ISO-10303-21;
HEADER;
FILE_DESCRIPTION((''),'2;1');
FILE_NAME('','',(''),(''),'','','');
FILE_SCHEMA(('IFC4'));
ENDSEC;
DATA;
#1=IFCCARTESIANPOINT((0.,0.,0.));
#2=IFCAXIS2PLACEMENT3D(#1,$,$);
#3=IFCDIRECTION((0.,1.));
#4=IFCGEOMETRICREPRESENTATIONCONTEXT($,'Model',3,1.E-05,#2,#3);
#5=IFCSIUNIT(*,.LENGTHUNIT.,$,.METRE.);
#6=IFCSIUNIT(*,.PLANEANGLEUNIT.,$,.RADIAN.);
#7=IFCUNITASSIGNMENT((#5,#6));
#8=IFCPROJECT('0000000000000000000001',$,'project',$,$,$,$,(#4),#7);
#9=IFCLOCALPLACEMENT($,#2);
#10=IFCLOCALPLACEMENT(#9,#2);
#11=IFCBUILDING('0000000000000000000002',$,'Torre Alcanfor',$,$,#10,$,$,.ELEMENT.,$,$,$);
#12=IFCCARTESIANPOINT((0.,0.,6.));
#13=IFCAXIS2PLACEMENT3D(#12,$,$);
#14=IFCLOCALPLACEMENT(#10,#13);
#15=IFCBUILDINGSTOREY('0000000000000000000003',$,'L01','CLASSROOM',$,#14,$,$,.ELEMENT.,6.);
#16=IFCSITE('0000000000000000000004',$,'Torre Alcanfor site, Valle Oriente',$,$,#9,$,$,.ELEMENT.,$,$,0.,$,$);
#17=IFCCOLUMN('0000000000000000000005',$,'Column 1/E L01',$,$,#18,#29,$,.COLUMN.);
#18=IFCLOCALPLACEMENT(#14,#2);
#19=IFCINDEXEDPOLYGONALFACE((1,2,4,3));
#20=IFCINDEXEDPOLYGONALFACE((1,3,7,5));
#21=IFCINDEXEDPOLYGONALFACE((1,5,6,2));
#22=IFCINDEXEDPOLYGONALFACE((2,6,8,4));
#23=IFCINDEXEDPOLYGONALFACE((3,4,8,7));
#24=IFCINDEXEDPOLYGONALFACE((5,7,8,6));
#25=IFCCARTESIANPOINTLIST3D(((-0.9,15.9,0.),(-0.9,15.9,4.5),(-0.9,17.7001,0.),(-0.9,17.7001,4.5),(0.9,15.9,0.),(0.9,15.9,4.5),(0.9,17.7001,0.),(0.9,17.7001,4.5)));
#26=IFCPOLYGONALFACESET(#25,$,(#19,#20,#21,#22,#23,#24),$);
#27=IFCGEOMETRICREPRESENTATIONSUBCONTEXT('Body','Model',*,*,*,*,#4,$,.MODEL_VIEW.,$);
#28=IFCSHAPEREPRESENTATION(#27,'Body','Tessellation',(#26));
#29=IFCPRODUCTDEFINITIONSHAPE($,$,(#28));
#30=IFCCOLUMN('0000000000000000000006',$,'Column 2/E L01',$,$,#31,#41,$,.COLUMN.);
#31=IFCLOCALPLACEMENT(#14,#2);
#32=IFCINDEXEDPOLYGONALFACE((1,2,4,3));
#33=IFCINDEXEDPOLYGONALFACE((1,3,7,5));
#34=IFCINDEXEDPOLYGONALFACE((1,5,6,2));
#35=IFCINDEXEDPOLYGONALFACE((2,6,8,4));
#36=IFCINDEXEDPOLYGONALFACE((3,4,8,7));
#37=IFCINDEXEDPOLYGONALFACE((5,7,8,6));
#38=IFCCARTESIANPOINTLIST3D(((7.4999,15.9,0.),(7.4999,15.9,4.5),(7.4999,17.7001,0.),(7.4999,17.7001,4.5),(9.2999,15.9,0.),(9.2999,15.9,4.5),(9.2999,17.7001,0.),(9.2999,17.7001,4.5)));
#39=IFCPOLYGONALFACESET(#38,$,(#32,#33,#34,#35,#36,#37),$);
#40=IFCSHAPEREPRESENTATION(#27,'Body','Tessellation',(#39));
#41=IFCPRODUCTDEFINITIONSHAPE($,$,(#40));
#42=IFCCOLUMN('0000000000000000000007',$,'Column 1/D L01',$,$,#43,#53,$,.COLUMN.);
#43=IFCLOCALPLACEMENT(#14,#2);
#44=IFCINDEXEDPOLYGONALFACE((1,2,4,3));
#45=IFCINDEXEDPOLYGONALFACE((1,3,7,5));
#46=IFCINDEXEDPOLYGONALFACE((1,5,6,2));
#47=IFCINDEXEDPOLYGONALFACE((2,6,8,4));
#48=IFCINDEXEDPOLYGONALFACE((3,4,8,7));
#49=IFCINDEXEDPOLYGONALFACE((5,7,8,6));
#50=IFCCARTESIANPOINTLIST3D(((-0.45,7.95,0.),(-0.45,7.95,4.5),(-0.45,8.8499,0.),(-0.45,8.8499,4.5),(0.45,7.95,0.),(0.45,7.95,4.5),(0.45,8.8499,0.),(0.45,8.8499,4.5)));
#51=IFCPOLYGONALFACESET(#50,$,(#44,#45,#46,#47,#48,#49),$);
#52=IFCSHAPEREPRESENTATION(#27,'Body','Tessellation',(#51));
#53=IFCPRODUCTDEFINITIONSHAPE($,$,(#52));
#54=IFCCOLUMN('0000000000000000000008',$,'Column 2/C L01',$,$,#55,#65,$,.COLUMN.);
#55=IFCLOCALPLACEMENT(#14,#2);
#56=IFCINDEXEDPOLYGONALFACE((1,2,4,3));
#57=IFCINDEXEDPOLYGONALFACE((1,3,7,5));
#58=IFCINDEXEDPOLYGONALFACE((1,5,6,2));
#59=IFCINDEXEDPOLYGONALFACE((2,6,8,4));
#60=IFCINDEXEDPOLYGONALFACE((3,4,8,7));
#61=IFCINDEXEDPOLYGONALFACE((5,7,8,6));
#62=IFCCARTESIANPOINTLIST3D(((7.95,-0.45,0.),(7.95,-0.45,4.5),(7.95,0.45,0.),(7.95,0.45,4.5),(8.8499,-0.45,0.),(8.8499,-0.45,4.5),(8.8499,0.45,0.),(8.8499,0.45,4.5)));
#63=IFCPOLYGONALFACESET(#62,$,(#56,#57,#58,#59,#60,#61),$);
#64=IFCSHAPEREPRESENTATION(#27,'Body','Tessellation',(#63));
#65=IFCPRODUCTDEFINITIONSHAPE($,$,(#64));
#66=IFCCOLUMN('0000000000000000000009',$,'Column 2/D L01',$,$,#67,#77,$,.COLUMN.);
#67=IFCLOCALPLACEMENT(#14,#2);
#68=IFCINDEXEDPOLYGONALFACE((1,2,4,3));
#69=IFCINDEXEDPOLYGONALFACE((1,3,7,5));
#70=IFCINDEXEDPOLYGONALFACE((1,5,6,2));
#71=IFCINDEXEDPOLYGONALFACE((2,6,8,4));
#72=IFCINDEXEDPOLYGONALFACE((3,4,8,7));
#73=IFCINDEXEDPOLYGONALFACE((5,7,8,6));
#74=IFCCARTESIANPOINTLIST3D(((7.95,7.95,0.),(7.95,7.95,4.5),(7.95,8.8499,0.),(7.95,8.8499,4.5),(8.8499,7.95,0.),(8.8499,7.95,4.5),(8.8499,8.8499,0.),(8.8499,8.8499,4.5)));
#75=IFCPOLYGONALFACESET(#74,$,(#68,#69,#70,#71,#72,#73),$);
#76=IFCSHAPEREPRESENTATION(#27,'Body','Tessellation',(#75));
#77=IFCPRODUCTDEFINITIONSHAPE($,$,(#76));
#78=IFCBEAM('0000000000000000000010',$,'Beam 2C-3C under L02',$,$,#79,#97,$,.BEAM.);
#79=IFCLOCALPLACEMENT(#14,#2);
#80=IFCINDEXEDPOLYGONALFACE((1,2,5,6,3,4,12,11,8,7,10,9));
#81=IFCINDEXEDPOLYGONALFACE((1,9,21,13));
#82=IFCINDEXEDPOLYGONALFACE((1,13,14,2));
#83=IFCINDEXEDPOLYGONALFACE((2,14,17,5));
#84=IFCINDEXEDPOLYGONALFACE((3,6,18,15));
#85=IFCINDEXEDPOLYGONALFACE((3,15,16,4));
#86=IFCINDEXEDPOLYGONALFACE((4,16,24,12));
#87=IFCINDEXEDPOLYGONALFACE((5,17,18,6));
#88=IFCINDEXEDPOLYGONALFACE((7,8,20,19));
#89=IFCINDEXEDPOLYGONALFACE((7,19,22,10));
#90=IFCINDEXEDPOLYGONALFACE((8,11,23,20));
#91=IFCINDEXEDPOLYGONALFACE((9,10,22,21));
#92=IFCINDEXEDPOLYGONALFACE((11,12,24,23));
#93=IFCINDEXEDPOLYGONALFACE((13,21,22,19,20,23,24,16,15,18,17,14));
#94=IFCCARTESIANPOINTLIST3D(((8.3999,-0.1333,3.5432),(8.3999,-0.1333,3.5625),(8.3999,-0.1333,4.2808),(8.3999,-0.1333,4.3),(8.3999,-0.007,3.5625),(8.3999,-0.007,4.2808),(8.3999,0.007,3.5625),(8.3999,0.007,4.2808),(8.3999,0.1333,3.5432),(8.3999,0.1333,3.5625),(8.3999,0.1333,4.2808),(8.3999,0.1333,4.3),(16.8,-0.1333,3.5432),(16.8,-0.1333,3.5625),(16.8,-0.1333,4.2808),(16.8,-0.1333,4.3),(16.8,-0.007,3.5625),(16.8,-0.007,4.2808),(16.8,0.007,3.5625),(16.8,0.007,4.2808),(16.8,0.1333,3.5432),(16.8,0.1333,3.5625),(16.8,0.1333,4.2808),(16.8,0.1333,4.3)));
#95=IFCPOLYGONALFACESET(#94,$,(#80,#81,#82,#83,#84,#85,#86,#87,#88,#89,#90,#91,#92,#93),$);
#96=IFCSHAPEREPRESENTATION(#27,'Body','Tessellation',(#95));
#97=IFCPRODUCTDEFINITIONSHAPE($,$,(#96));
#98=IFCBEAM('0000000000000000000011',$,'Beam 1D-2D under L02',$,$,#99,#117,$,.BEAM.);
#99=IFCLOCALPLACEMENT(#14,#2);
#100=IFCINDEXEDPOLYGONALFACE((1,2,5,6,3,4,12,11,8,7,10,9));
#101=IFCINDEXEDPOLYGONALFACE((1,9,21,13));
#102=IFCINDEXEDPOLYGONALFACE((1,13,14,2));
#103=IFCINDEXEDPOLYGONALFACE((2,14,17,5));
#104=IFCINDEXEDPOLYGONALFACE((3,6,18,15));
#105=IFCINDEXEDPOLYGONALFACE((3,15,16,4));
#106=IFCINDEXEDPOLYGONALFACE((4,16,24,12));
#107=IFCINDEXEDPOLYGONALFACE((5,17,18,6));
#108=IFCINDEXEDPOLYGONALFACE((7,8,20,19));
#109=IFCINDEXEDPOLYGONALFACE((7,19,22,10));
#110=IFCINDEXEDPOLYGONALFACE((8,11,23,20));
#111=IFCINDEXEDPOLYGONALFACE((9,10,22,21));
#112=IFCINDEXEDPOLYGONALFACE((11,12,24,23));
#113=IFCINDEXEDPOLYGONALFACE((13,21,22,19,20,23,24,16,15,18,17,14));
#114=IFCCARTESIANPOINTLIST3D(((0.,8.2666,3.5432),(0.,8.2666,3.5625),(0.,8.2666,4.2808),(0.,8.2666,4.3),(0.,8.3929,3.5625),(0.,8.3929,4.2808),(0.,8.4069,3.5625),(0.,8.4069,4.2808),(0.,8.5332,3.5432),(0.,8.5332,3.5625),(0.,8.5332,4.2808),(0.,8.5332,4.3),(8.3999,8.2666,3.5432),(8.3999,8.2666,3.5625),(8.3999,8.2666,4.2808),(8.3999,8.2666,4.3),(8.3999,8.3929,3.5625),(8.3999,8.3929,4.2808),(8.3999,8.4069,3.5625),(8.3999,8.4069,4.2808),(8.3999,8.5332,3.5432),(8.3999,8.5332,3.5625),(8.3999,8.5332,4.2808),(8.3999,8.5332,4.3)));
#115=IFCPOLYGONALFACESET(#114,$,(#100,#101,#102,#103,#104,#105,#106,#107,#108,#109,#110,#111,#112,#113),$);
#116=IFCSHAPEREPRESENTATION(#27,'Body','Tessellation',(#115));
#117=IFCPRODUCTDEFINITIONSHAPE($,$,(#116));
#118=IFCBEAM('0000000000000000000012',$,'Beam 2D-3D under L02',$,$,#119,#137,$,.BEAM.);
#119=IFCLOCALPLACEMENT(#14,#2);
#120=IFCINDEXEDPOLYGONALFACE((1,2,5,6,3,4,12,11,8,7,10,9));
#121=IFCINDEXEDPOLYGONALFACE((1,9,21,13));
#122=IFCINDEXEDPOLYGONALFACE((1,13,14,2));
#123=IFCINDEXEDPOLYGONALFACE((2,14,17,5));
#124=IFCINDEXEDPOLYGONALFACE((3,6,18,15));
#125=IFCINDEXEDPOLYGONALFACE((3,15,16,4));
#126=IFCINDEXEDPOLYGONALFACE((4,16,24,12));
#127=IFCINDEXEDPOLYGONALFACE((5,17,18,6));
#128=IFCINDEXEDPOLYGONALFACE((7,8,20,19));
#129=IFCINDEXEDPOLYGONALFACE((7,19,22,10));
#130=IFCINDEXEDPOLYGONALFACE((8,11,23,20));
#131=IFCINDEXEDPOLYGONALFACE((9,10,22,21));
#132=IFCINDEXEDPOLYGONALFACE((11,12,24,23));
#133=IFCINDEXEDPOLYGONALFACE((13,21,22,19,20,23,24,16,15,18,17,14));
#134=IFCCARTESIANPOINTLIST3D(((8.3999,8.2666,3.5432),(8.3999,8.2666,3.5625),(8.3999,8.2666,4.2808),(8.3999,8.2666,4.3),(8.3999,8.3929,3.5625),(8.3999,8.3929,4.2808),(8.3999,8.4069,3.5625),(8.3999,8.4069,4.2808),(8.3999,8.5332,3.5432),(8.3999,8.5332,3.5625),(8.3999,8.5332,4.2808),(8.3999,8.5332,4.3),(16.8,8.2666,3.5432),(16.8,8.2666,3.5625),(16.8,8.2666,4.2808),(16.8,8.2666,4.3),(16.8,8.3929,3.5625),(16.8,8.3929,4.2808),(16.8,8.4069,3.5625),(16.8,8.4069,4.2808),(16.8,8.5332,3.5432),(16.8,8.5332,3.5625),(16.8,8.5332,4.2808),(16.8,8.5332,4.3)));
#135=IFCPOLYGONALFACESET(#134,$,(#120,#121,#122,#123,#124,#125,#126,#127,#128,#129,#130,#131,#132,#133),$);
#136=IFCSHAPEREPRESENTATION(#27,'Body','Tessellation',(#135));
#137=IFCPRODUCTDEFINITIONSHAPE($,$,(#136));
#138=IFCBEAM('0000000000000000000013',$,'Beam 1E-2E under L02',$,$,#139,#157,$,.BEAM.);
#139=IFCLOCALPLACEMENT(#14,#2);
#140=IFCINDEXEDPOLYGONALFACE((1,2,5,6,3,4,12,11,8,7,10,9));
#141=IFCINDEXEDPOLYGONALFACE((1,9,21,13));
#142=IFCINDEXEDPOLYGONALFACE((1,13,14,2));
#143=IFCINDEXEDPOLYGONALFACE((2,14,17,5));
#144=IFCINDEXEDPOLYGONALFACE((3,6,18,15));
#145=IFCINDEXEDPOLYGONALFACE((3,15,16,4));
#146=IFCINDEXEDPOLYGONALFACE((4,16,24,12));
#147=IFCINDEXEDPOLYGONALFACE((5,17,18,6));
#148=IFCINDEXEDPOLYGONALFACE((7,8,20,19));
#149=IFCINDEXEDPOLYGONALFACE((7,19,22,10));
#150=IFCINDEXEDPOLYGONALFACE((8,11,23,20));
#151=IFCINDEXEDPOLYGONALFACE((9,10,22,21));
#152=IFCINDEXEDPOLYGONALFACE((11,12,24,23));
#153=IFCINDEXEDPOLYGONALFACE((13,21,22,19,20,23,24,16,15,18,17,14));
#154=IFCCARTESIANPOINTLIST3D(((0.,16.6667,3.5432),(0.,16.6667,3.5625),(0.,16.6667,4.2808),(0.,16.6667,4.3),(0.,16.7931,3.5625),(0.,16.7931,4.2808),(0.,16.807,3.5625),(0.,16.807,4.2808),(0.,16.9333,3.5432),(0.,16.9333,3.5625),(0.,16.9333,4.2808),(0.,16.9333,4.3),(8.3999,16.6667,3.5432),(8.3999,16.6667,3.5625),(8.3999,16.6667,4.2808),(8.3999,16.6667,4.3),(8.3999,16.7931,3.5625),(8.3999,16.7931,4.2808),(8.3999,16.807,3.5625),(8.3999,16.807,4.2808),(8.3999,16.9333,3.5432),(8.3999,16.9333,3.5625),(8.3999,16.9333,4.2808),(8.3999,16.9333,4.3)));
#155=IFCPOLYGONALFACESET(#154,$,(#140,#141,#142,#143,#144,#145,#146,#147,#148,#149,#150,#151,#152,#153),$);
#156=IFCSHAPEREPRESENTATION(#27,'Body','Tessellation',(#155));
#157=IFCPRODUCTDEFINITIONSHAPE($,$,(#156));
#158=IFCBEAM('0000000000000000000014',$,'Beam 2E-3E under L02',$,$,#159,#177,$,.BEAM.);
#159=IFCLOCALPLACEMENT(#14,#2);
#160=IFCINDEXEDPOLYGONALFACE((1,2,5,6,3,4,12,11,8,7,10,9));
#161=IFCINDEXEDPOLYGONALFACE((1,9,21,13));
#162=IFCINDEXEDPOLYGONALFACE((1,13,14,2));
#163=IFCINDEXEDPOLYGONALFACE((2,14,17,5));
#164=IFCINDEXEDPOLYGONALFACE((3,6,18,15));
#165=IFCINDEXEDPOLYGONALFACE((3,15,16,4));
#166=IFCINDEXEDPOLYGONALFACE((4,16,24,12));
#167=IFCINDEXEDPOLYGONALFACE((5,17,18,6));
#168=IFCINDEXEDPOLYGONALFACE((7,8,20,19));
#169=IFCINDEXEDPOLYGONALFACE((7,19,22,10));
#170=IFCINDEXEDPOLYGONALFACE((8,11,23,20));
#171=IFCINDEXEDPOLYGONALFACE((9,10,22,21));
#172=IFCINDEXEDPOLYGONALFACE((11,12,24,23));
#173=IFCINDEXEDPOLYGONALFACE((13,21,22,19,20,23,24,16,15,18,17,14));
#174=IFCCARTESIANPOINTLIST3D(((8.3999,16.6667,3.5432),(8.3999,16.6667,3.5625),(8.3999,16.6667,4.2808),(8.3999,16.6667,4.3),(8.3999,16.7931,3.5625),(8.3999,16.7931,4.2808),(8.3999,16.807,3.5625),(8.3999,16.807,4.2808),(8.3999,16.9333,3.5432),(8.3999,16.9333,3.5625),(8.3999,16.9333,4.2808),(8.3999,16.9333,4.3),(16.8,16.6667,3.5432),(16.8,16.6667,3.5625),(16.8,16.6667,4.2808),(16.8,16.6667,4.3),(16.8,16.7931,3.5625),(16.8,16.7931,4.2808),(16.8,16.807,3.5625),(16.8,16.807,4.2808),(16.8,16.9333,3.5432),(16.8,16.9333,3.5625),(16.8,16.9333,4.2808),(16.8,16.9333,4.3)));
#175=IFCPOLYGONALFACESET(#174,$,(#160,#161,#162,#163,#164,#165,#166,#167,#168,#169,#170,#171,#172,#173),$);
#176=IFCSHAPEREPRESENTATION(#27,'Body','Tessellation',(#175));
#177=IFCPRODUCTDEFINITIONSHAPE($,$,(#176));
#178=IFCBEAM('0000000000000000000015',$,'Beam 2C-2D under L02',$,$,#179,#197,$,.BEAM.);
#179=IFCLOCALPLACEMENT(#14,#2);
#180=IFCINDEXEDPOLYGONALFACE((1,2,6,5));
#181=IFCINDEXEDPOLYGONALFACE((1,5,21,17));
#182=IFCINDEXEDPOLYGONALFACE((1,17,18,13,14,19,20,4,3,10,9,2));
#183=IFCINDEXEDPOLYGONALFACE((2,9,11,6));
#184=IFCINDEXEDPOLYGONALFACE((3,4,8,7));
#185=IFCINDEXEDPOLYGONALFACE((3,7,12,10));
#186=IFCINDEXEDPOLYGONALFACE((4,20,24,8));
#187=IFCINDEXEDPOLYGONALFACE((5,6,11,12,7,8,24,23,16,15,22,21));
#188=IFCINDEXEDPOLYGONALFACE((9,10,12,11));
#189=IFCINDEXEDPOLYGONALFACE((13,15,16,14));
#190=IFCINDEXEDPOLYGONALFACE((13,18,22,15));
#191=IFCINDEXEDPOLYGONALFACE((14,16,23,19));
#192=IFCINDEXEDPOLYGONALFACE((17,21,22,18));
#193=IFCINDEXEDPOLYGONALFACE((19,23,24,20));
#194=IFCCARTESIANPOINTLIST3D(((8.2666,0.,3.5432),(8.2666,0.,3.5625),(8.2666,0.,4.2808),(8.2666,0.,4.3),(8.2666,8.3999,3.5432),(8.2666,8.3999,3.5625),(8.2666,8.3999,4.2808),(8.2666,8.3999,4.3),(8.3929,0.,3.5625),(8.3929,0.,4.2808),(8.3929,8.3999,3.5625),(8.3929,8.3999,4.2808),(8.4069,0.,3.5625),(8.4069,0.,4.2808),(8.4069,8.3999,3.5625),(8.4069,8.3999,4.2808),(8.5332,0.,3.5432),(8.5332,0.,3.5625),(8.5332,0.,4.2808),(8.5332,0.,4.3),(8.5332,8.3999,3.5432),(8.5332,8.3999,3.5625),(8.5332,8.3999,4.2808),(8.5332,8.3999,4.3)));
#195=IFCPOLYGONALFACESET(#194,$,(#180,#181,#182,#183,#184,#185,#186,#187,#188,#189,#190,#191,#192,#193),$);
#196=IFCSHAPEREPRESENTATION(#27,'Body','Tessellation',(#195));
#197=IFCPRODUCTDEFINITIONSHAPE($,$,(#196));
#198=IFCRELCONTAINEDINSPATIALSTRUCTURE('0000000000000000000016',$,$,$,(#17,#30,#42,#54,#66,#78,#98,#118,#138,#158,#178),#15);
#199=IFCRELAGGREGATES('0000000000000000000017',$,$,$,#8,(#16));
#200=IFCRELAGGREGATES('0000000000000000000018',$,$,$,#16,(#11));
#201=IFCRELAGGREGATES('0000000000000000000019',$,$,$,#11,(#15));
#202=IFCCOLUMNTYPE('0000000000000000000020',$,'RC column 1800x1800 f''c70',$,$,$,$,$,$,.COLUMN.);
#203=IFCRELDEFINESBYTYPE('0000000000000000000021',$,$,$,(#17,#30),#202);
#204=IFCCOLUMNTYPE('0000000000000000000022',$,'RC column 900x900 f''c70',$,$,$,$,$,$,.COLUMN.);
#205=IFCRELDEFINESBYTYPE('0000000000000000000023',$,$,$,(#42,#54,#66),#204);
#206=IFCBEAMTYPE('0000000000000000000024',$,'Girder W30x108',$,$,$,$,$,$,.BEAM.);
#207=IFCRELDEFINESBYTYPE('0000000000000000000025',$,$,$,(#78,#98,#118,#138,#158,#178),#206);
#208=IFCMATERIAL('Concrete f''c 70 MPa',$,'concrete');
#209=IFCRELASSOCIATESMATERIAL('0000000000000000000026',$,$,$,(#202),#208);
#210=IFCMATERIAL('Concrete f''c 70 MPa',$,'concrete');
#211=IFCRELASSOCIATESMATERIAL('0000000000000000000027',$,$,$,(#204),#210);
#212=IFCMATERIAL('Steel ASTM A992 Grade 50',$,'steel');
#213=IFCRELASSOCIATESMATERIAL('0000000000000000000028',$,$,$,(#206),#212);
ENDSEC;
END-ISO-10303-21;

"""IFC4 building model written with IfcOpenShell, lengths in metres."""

from ifc_helpers import new_model, si_unit, direction, frame, origin, origin_2d, place, context, subcontext, project, spatial, rectangle, i_section, extrude, material, material_profile, profile_set, type_object, element, save


model = new_model("IFC4")

# Units and contexts
model_context = context("Model", 3, precision=1e-05, world=origin(), true_north=direction((0.0, 1.0)))
body_context = subcontext(model_context, "Body", "Model", "MODEL_VIEW")
ifc_project = project(units=[si_unit("LENGTHUNIT", "METRE"), si_unit("PLANEANGLEUNIT", "RADIAN")], contexts=[model_context])

# Site, building, storey
site_placement = place(None, origin())
site = spatial("IfcSite", under=ifc_project, at=site_placement, Name="Torre Alcanfor site, Valle Oriente", CompositionType="ELEMENT", RefElevation=0.0)
building_placement = place(site_placement, origin())
building = spatial("IfcBuilding", under=site, at=building_placement, Name="Torre Alcanfor", CompositionType="ELEMENT")
storey_placement = place(building_placement, frame((0.0, 0.0, 6.0)))
storey = spatial("IfcBuildingStorey", under=building, at=storey_placement, Name="L01", Description="CLASSROOM", CompositionType="ELEMENT", Elevation=6.0)

# Columns
ifc_material_1 = material(Name="Concrete f'c 70 MPa", Category="concrete")
ifc_material_profile_1 = material_profile(ifc_material_1, rectangle(XDim=1.8, YDim=1.8, at=origin_2d()), Name="1800x1800")
ifc_profile_set_1 = profile_set([ifc_material_profile_1], Name="Concrete f'c 70 MPa")
column_type_1 = type_object("IfcColumnType", Name="RC column 1800x1800 f'c70", PredefinedType="COLUMN", material=ifc_profile_set_1)
for number, where, z_axis, x_axis, name in (
    (1, (0.0, 16.8, 0.0), (0.0, 0.0, 1.0), (1.0, 0.0, 0.0), "Column 1/E L01"),
    (2, (8.3999, 16.8, 0.0), (0.0, 0.0, 1.0), (1.0, 0.0, 0.0), "Column 2/E L01"),
):
    element("IfcColumn", number, at=place(storey_placement, frame(where, z_axis=z_axis, x_axis=x_axis)), inside=storey, type_object=column_type_1, Name=name, PredefinedType="COLUMN", context=body_context, shape_type="SweptSolid", body=[
        extrude(rectangle(XDim=1.8, YDim=1.8, at=origin_2d()), origin(), (0.0, 0.0, 1.0), 4.5),
    ])
ifc_material_2 = material(Name="Concrete f'c 70 MPa", Category="concrete")
ifc_material_profile_2 = material_profile(ifc_material_2, rectangle(XDim=0.8999, YDim=0.8999, at=origin_2d()), Name="900x900")
ifc_profile_set_2 = profile_set([ifc_material_profile_2], Name="Concrete f'c 70 MPa")
column_type_2 = type_object("IfcColumnType", Name="RC column 900x900 f'c70", PredefinedType="COLUMN", material=ifc_profile_set_2)
for number, where, z_axis, x_axis, name in (
    (3, (0.0, 8.3999, 0.0), (0.0, 0.0, 1.0), (1.0, 0.0, 0.0), "Column 1/D L01"),
    (4, (8.3999, 0.0, 0.0), (0.0, 0.0, 1.0), (1.0, 0.0, 0.0), "Column 2/C L01"),
    (5, (8.3999, 8.3999, 0.0), (0.0, 0.0, 1.0), (1.0, 0.0, 0.0), "Column 2/D L01"),
):
    element("IfcColumn", number, at=place(storey_placement, frame(where, z_axis=z_axis, x_axis=x_axis)), inside=storey, type_object=column_type_2, Name=name, PredefinedType="COLUMN", context=body_context, shape_type="SweptSolid", body=[
        extrude(rectangle(XDim=0.8999, YDim=0.8999, at=origin_2d()), origin(), (0.0, 0.0, 1.0), 4.5),
    ])

# Beams
ifc_material_3 = material(Name="Steel ASTM A992 Grade 50", Category="steel")
ifc_material_profile_3 = material_profile(ifc_material_3, i_section(OverallWidth=0.2666, OverallDepth=0.7568, WebThickness=0.0139, FlangeThickness=0.0193, at=origin_2d()), Name="W30x108")
ifc_profile_set_3 = profile_set([ifc_material_profile_3], Name="Steel ASTM A992 Grade 50")
beam_type_1 = type_object("IfcBeamType", Name="Girder W30x108", PredefinedType="BEAM", material=ifc_profile_set_3)
beam_1_placement = place(storey_placement, frame((8.3999, 0.0, 3.9216), z_axis=(1.0, 0.0, 0.0), x_axis=(0.0, 1.0, 0.0)))
element("IfcBeam", 6, at=beam_1_placement, inside=storey, type_object=beam_type_1, Name="Beam 2C-3C under L02", PredefinedType="BEAM", context=body_context, shape_type="SweptSolid", body=[
    extrude(i_section(OverallWidth=0.2666, OverallDepth=0.7568, WebThickness=0.0139, FlangeThickness=0.0193, at=origin_2d()), origin(), (0.0, 0.0, 1.0), 8.4001),
])
beam_2_placement = place(storey_placement, frame((0.0, 8.3999, 3.9216), z_axis=(1.0, 0.0, 0.0), x_axis=(0.0, 1.0, 0.0)))
element("IfcBeam", 7, at=beam_2_placement, inside=storey, type_object=beam_type_1, Name="Beam 1D-2D under L02", PredefinedType="BEAM", context=body_context, shape_type="SweptSolid", body=[
    extrude(i_section(OverallWidth=0.2666, OverallDepth=0.7568, WebThickness=0.0139, FlangeThickness=0.0193, at=origin_2d()), origin(), (0.0, 0.0, 1.0), 8.3999),
])
beam_3_placement = place(storey_placement, frame((8.3999, 8.3999, 3.9216), z_axis=(1.0, 0.0, 0.0), x_axis=(0.0, 1.0, 0.0)))
element("IfcBeam", 8, at=beam_3_placement, inside=storey, type_object=beam_type_1, Name="Beam 2D-3D under L02", PredefinedType="BEAM", context=body_context, shape_type="SweptSolid", body=[
    extrude(i_section(OverallWidth=0.2666, OverallDepth=0.7568, WebThickness=0.0139, FlangeThickness=0.0193, at=origin_2d()), origin(), (0.0, 0.0, 1.0), 8.4001),
])
beam_4_placement = place(storey_placement, frame((0.0, 16.8, 3.9216), z_axis=(1.0, 0.0, 0.0), x_axis=(0.0, 1.0, 0.0)))
element("IfcBeam", 9, at=beam_4_placement, inside=storey, type_object=beam_type_1, Name="Beam 1E-2E under L02", PredefinedType="BEAM", context=body_context, shape_type="SweptSolid", body=[
    extrude(i_section(OverallWidth=0.2666, OverallDepth=0.7568, WebThickness=0.0139, FlangeThickness=0.0193, at=origin_2d()), origin(), (0.0, 0.0, 1.0), 8.3999),
])
beam_5_placement = place(storey_placement, frame((8.3999, 16.8, 3.9216), z_axis=(1.0, 0.0, 0.0), x_axis=(0.0, 1.0, 0.0)))
element("IfcBeam", 10, at=beam_5_placement, inside=storey, type_object=beam_type_1, Name="Beam 2E-3E under L02", PredefinedType="BEAM", context=body_context, shape_type="SweptSolid", body=[
    extrude(i_section(OverallWidth=0.2666, OverallDepth=0.7568, WebThickness=0.0139, FlangeThickness=0.0193, at=origin_2d()), origin(), (0.0, 0.0, 1.0), 8.4001),
])
beam_6_placement = place(storey_placement, frame((8.3999, 0.0, 3.9216), z_axis=(0.0, 1.0, 0.0), x_axis=(-1.0, 0.0, 0.0)))
element("IfcBeam", 11, at=beam_6_placement, inside=storey, type_object=beam_type_1, Name="Beam 2C-2D under L02", PredefinedType="BEAM", context=body_context, shape_type="SweptSolid", body=[
    extrude(i_section(OverallWidth=0.2666, OverallDepth=0.7568, WebThickness=0.0139, FlangeThickness=0.0193, at=origin_2d()), origin(), (0.0, 0.0, 1.0), 8.3999),
])

save(model, "model.ifc")
